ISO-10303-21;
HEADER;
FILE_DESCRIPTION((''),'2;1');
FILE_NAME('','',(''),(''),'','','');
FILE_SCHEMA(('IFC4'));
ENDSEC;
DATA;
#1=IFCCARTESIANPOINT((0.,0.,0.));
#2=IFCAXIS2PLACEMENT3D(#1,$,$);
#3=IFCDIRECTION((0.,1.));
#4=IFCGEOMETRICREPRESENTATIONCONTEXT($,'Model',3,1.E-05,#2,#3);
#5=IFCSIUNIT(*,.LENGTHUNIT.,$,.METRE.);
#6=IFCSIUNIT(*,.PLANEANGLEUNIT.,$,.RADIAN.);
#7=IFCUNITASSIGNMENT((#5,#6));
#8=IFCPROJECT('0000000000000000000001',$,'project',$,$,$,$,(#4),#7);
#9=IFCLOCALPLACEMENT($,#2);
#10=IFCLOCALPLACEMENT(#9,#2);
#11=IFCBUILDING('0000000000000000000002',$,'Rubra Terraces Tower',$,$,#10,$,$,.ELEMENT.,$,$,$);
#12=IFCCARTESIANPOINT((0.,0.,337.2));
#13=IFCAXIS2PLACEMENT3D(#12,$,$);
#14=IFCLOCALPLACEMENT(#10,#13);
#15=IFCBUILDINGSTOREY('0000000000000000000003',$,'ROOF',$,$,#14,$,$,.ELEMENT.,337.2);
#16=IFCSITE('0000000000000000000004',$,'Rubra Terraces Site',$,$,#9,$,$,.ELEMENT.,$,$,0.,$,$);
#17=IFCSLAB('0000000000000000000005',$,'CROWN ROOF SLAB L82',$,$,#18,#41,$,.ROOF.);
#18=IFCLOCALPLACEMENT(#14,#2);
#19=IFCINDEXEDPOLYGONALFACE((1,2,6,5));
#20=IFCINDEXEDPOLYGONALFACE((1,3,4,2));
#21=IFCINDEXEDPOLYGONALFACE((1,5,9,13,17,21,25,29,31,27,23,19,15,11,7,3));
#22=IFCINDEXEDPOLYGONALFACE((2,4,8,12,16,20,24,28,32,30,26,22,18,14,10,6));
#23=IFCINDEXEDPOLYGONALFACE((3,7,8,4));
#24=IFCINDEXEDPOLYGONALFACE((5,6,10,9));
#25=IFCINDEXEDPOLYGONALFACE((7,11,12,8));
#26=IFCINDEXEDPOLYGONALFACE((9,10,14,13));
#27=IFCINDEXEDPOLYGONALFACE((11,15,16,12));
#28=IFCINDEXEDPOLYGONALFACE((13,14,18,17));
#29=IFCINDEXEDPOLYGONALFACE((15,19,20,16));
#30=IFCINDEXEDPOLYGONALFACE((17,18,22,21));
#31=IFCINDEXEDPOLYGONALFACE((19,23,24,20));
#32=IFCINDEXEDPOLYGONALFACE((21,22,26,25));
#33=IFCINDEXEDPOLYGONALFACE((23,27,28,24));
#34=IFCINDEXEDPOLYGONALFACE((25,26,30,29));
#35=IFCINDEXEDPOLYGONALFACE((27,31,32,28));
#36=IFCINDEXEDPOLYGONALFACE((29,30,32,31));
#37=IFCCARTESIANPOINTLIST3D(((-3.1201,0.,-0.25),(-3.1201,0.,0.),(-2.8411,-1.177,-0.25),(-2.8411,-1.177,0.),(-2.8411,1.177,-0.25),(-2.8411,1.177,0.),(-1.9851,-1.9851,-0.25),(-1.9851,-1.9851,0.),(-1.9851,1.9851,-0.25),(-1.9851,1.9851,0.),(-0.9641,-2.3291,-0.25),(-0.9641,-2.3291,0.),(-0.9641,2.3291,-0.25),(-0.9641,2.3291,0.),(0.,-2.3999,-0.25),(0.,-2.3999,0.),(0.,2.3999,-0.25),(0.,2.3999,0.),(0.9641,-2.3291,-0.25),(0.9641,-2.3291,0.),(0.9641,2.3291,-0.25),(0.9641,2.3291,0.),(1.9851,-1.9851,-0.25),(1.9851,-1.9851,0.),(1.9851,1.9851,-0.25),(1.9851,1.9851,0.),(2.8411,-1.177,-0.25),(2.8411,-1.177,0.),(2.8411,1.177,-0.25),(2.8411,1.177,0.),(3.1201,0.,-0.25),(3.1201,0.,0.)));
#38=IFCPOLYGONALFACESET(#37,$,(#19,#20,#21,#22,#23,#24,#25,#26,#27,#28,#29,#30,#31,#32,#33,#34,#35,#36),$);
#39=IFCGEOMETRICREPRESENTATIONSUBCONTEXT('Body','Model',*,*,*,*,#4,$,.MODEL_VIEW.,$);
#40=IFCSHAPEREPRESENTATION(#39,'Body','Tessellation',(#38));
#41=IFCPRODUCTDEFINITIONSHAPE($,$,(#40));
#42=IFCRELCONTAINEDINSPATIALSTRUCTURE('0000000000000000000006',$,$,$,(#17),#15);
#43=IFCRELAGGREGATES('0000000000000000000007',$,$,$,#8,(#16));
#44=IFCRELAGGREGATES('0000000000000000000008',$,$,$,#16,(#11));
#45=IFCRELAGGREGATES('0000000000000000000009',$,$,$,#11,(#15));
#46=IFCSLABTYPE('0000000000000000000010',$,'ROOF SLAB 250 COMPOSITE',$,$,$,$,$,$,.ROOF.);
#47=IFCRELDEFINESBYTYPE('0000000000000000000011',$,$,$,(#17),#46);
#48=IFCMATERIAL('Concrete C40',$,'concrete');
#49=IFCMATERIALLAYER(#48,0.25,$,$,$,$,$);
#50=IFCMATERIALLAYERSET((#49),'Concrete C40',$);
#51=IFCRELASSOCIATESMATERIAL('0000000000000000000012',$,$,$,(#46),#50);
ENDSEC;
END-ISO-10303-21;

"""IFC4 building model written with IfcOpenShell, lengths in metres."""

from ifc_helpers import new_model, si_unit, direction, frame, origin, place, context, subcontext, project, spatial, polyline, outline, extrude, material, layer, layer_set, type_object, element, save


model = new_model("IFC4")

# Units and contexts
model_context = context("Model", 3, precision=1e-05, world=origin(), true_north=direction((0.0, 1.0)))
body_context = subcontext(model_context, "Body", "Model", "MODEL_VIEW")
ifc_project = project(units=[si_unit("LENGTHUNIT", "METRE"), si_unit("PLANEANGLEUNIT", "RADIAN")], contexts=[model_context])

# Site, building, storey
site_placement = place(None, origin())
site = spatial("IfcSite", under=ifc_project, at=site_placement, Name="Rubra Terraces Site", CompositionType="ELEMENT", RefElevation=0.0)
building_placement = place(site_placement, origin())
building = spatial("IfcBuilding", under=site, at=building_placement, Name="Rubra Terraces Tower", CompositionType="ELEMENT")
storey_placement = place(building_placement, frame((0.0, 0.0, 337.2)))
storey = spatial("IfcBuildingStorey", under=building, at=storey_placement, Name="ROOF", CompositionType="ELEMENT", Elevation=337.2)

# Slab
ifc_material = material(Name="Concrete C40", Category="concrete")
ifc_layer = layer(ifc_material, 0.25)
ifc_layer_set = layer_set([ifc_layer], Name="Concrete C40")
slab_type = type_object("IfcSlabType", Name="ROOF SLAB 250 COMPOSITE", PredefinedType="ROOF", material=ifc_layer_set)
slab_placement = place(storey_placement, frame((0.0, 0.0, -0.25)))
element("IfcSlab", 1, at=slab_placement, inside=storey, type_object=slab_type, Name="CROWN ROOF SLAB L82", PredefinedType="ROOF", context=body_context, shape_type="SweptSolid", body=[
    extrude(outline(polyline([(3.1201, 0.0), (2.8411, 1.177), (1.9851, 1.9851), (0.9641, 2.3291), (0.0, 2.3999), (-0.9641, 2.3291), (-1.9851, 1.9851), (-2.8411, 1.177), (-3.1201, 0.0), (-2.8411, -1.177), (-1.9851, -1.9851), (-0.9641, -2.3291), (0.0, -2.3999), (0.9641, -2.3291), (1.9851, -1.9851), (2.8411, -1.177), (3.1201, 0.0)])), origin(), (0.0, 0.0, 1.0), 0.25),
])

save(model, "model.ifc")
